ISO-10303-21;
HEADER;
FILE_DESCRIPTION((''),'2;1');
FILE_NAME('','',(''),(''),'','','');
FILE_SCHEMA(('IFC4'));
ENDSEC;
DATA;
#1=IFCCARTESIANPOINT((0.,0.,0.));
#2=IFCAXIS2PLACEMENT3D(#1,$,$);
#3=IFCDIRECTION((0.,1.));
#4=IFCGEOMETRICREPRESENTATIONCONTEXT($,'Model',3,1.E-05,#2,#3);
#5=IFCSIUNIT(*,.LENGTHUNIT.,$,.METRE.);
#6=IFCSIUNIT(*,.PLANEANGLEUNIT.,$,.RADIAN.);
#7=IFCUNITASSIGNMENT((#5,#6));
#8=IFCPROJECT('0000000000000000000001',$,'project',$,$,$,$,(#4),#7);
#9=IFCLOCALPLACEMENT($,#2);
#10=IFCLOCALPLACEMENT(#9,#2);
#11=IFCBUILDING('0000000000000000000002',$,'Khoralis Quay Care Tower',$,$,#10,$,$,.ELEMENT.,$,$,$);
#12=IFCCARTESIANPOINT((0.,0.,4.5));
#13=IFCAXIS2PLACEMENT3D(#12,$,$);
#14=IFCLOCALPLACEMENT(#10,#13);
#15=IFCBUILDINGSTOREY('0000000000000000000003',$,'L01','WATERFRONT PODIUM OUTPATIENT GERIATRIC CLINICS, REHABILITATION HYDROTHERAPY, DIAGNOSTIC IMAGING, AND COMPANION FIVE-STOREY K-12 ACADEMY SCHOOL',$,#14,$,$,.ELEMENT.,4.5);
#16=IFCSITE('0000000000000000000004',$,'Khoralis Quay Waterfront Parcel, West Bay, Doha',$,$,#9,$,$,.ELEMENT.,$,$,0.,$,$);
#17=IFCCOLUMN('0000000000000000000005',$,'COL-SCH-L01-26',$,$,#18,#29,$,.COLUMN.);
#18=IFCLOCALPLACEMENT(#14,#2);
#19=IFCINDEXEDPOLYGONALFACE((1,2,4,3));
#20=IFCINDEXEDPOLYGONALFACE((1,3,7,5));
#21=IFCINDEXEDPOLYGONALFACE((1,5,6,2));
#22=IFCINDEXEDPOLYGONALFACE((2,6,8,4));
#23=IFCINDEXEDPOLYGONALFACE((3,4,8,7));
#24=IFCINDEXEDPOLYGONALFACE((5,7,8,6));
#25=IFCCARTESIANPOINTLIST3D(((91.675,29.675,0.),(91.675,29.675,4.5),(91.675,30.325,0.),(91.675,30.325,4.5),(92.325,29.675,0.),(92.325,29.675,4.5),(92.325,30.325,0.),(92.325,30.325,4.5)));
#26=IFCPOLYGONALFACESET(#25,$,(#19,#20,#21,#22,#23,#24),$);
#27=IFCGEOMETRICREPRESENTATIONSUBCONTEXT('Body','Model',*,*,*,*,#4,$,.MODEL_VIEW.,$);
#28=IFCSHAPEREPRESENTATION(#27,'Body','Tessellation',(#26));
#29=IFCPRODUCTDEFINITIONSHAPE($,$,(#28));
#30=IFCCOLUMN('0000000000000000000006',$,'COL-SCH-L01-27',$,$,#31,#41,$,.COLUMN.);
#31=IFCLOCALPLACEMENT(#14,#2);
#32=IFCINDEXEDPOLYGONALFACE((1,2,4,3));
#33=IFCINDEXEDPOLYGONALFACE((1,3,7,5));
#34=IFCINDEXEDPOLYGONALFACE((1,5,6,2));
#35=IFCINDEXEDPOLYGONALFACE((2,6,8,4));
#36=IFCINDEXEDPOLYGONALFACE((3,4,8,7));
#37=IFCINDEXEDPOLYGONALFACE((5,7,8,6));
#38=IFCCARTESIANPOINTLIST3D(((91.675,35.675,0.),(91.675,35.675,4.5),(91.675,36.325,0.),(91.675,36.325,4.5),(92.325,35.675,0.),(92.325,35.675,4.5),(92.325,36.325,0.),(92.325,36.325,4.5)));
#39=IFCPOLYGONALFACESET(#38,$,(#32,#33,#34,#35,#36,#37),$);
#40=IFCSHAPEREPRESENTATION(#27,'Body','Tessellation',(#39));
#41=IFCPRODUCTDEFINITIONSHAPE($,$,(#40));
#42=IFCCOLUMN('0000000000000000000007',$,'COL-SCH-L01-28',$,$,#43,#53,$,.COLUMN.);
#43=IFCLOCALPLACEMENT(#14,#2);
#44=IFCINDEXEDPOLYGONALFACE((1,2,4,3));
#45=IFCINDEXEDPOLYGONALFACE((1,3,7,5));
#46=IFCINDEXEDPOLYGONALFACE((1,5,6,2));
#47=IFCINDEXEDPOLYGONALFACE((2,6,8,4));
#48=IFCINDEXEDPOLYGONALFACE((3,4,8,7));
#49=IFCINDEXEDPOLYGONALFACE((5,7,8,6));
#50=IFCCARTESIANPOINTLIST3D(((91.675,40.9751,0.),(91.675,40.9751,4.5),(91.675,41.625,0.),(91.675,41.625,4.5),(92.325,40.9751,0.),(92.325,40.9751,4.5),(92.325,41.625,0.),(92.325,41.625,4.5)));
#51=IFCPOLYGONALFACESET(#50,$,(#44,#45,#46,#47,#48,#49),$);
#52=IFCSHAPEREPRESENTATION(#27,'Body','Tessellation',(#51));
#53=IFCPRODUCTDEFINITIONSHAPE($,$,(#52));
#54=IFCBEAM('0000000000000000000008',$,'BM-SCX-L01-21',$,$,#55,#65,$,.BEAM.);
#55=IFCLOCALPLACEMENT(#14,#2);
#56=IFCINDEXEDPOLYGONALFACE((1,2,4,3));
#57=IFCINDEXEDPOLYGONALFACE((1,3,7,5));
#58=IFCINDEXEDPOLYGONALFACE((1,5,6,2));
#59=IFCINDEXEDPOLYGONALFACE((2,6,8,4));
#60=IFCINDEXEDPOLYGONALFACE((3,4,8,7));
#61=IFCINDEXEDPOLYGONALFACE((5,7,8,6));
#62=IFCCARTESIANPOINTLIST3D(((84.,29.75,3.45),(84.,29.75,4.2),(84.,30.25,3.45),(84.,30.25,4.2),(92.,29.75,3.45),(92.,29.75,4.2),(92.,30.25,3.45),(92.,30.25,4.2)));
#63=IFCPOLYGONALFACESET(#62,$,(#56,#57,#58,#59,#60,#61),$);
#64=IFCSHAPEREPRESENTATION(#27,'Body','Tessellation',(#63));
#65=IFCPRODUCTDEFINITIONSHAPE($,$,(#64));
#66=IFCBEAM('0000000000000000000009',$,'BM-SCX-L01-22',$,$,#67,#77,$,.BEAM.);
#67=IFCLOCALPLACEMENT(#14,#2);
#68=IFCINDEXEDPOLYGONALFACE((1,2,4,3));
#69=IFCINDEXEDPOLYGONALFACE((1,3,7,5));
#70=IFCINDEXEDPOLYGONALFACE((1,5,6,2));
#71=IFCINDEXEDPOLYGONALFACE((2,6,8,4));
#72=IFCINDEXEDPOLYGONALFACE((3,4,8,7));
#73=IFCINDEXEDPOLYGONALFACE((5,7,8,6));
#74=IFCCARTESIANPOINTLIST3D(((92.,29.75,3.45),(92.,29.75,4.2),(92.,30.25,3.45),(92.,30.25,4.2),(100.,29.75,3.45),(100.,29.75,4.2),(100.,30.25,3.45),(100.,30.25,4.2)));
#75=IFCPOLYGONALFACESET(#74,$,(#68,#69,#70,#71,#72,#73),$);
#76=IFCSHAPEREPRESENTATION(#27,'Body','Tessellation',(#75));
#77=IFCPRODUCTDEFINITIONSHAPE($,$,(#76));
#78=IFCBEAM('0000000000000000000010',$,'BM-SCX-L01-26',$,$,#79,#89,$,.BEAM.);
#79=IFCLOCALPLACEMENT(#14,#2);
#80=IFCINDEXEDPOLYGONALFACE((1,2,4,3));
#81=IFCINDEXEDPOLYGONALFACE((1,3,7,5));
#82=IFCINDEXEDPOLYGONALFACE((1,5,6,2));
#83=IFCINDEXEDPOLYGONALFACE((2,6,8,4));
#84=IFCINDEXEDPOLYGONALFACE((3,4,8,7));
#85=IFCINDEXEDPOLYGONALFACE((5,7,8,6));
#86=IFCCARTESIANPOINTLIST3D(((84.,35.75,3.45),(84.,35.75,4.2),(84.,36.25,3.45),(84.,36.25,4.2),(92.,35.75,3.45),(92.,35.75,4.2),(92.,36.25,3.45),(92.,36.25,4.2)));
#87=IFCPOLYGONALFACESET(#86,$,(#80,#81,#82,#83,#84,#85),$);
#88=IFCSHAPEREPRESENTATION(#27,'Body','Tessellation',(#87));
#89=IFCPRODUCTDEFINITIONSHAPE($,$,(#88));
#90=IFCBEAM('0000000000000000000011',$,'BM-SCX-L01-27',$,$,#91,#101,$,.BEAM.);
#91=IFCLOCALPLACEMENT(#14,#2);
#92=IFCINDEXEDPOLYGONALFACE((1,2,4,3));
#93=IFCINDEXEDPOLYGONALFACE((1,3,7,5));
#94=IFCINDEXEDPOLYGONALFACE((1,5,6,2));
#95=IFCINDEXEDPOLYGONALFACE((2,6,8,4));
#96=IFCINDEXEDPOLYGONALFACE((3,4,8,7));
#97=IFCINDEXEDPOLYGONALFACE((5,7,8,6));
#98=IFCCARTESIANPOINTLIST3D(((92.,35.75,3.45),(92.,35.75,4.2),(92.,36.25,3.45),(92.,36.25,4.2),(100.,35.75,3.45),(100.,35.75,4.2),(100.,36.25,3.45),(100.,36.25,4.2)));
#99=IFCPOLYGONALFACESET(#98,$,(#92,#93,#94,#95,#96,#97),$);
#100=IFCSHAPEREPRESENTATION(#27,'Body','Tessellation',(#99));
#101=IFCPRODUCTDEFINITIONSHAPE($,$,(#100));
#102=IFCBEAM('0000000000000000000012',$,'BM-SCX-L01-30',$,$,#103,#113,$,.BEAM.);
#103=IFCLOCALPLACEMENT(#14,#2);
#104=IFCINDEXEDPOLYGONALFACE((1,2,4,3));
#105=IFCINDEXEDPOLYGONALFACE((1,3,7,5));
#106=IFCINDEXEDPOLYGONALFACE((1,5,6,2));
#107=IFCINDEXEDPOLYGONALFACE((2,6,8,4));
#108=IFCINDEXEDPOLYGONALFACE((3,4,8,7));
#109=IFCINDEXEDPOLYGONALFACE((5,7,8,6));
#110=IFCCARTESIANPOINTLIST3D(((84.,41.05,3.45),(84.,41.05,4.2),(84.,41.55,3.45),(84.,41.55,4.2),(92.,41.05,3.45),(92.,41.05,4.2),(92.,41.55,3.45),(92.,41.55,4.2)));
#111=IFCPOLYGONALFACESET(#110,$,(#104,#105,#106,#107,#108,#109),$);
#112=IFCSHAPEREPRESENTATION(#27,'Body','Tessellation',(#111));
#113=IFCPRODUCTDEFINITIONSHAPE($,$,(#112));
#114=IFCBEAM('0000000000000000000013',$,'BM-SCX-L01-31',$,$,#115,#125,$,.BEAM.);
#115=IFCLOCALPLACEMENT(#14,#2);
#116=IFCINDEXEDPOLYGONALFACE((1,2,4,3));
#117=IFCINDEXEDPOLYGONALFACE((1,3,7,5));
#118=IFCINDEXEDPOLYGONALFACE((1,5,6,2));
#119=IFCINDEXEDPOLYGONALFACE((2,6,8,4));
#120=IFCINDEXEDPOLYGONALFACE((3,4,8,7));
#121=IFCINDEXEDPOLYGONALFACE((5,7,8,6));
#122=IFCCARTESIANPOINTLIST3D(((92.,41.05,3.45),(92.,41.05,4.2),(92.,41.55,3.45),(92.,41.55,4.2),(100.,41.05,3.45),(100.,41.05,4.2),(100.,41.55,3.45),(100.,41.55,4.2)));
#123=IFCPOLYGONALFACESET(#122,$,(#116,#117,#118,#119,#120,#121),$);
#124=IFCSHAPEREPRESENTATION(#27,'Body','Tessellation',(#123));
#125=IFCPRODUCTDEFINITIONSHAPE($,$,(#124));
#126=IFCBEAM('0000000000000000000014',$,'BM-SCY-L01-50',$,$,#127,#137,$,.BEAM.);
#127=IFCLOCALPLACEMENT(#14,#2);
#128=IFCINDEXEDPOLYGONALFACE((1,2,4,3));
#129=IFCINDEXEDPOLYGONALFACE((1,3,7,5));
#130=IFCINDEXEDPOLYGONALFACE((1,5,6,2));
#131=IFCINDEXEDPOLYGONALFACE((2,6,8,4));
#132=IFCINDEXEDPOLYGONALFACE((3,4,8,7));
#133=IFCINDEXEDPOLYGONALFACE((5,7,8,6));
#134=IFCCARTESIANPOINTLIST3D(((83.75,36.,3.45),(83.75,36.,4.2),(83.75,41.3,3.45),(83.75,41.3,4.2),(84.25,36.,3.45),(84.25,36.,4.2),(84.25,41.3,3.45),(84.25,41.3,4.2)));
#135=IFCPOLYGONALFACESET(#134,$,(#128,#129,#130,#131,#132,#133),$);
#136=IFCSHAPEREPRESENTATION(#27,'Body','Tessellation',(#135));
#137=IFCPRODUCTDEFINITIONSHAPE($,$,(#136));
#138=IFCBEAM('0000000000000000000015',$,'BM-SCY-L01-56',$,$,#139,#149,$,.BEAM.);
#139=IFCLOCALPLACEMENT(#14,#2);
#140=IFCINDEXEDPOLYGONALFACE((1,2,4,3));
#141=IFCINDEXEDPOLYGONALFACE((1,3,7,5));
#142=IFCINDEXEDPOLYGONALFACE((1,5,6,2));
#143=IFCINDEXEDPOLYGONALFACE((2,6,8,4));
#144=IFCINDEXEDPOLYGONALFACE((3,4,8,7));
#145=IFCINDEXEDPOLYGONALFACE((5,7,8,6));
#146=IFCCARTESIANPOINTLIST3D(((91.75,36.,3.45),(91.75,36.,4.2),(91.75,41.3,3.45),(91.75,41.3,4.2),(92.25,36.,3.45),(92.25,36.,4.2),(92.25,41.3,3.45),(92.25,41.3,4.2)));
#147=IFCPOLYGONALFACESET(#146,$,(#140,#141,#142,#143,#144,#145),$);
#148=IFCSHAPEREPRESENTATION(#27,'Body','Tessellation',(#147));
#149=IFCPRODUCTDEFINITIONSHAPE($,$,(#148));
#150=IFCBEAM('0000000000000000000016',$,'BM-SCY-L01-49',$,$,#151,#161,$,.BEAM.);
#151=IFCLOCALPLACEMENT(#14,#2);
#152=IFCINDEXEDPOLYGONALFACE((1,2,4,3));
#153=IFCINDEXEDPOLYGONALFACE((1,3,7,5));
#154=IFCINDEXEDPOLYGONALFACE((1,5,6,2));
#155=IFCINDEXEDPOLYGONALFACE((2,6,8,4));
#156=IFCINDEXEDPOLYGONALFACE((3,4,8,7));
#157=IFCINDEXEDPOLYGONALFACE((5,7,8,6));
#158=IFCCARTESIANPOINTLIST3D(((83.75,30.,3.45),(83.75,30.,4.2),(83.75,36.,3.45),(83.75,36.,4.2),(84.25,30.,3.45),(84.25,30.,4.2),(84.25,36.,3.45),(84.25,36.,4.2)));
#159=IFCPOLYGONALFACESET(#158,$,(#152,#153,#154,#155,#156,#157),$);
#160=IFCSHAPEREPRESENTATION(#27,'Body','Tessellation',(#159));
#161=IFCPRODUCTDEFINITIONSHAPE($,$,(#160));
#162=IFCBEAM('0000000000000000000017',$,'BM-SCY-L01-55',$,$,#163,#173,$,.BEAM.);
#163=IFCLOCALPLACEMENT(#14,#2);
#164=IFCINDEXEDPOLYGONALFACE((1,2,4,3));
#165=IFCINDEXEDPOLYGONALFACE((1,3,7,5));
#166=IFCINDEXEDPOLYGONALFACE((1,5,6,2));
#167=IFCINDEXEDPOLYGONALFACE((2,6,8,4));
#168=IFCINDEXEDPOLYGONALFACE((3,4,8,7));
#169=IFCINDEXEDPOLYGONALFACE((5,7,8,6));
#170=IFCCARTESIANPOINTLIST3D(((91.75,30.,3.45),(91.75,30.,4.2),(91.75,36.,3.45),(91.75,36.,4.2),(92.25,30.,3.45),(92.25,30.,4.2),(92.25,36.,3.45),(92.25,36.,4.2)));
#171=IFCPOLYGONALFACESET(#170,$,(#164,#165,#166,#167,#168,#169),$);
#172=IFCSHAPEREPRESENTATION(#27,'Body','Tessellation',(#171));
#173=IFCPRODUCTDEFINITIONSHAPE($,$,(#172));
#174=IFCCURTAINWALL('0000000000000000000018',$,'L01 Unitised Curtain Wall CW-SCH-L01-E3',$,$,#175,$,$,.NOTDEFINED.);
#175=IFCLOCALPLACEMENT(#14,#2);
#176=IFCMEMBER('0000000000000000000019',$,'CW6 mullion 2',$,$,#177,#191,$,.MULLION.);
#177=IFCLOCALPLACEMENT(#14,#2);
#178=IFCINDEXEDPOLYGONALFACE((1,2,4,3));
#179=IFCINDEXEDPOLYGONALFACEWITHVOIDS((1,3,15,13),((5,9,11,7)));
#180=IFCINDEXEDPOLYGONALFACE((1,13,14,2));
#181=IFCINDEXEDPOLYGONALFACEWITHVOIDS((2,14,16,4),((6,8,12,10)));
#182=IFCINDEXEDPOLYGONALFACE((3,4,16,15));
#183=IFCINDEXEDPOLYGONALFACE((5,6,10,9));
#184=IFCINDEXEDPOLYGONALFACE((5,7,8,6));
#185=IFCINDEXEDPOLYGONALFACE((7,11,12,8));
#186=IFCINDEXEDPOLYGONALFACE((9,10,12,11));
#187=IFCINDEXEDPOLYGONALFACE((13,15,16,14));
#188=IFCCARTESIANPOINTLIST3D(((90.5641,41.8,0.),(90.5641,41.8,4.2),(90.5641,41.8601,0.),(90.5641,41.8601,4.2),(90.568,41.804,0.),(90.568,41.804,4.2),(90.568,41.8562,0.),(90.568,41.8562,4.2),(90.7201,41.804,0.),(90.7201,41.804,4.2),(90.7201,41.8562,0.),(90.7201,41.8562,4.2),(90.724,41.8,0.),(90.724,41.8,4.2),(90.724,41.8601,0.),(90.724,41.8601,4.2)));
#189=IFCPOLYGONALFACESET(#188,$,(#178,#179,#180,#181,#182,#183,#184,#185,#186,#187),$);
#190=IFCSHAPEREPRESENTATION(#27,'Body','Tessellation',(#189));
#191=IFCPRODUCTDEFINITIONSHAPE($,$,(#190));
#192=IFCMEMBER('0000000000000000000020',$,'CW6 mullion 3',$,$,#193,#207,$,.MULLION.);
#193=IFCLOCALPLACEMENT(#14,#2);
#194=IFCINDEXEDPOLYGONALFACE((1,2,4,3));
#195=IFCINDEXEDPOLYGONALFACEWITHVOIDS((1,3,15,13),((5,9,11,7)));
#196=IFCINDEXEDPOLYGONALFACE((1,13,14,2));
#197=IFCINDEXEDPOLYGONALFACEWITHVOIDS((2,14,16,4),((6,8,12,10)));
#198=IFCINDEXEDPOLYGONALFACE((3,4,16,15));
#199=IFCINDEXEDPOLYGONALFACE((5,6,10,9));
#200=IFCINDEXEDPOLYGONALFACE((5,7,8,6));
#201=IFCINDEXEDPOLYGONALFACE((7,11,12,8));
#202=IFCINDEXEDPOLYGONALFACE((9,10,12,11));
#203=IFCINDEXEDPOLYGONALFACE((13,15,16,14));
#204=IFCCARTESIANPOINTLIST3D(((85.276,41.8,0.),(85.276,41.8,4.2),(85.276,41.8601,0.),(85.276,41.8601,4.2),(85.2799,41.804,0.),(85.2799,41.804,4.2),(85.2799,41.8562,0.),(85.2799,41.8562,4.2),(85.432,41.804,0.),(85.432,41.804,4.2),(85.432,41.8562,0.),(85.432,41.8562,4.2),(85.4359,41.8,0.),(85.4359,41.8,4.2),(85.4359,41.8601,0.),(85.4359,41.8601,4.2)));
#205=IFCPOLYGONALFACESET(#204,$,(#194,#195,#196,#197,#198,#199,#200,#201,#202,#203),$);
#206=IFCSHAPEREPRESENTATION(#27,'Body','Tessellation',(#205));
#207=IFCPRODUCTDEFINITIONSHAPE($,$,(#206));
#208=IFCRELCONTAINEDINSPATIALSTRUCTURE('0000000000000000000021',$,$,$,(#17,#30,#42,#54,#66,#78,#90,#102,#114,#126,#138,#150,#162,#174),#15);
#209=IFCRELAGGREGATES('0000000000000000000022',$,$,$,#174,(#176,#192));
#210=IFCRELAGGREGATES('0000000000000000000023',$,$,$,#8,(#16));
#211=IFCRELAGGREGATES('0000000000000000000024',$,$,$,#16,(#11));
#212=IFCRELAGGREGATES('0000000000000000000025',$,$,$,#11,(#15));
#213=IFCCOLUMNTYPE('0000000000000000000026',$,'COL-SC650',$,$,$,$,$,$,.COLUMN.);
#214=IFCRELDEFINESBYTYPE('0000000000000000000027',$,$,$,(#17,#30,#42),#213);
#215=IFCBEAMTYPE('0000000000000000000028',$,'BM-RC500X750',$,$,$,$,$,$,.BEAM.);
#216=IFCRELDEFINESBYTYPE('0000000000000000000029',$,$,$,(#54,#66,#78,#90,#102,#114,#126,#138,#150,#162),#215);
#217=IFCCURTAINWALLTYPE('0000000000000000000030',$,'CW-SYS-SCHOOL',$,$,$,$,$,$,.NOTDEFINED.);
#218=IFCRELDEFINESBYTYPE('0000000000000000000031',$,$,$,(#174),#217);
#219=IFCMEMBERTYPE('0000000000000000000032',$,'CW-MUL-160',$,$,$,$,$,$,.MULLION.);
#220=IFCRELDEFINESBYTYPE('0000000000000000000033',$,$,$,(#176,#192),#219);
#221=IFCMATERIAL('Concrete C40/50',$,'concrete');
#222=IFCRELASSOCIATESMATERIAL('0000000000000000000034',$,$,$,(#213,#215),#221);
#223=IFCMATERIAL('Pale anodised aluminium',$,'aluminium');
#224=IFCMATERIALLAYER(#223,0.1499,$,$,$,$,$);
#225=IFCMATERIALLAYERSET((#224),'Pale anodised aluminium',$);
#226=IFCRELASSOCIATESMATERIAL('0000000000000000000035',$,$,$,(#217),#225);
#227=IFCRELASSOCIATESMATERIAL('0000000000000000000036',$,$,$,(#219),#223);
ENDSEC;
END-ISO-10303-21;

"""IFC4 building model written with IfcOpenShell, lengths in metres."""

from ifc_helpers import new_model, si_unit, direction, frame, origin, origin_2d, place, context, subcontext, project, spatial, rectangle, hollow_rectangle, extrude, source, transform, mapped, material, layer, layer_set, material_profile, profile_set, type_object, element, aggregate, save


model = new_model("IFC4")

# Units and contexts
model_context = context("Model", 3, precision=1e-05, world=origin(), true_north=direction((0.0, 1.0)))
body_context = subcontext(model_context, "Body", "Model", "MODEL_VIEW")
ifc_project = project(units=[si_unit("LENGTHUNIT", "METRE"), si_unit("PLANEANGLEUNIT", "RADIAN")], contexts=[model_context])

# Site, building, storey
site_placement = place(None, origin())
site = spatial("IfcSite", under=ifc_project, at=site_placement, Name="Khoralis Quay Waterfront Parcel, West Bay, Doha", CompositionType="ELEMENT", RefElevation=0.0)
building_placement = place(site_placement, origin())
building = spatial("IfcBuilding", under=site, at=building_placement, Name="Khoralis Quay Care Tower", CompositionType="ELEMENT")
storey_placement = place(building_placement, frame((0.0, 0.0, 4.5)))
storey = spatial("IfcBuildingStorey", under=building, at=storey_placement, Name="L01", Description="WATERFRONT PODIUM OUTPATIENT GERIATRIC CLINICS, REHABILITATION HYDROTHERAPY, DIAGNOSTIC IMAGING, AND COMPANION FIVE-STOREY K-12 ACADEMY SCHOOL", CompositionType="ELEMENT", Elevation=4.5)

# Columns
ifc_material_1 = material(Name="Concrete C40/50", Category="concrete")
ifc_material_profile_1 = material_profile(ifc_material_1, rectangle(XDim=0.6499, YDim=0.6499, at=origin_2d()), Name="Concrete C40/50")
ifc_profile_set_1 = profile_set([ifc_material_profile_1], Name="Concrete C40/50")
column_type = type_object("IfcColumnType", Name="COL-SC650", PredefinedType="COLUMN", material=ifc_profile_set_1)
shared_shape_1 = source(origin(), body_context, "Body", "SweptSolid", [
    extrude(rectangle(XDim=0.6499, YDim=0.6499, at=origin_2d()), origin(), (0.0, 0.0, 1.0), 4.5),
])
for number, where, z_axis, x_axis, name in (
    (1, (92.0, 30.0, 0.0), (0.0, 0.0, 1.0), (1.0, 0.0, 0.0), "COL-SCH-L01-26"),
    (2, (92.0, 36.0, 0.0), (0.0, 0.0, 1.0), (1.0, 0.0, 0.0), "COL-SCH-L01-27"),
    (3, (92.0, 41.3, 0.0), (0.0, 0.0, 1.0), (1.0, 0.0, 0.0), "COL-SCH-L01-28"),
):
    element("IfcColumn", number, at=place(storey_placement, frame(where, z_axis=z_axis, x_axis=x_axis)), inside=storey, type_object=column_type, Name=name, PredefinedType="COLUMN", context=body_context, shape_type="MappedRepresentation", body=[
        mapped(shared_shape_1, transform((0.0, 0.0, 0.0), scale=1.0)),
    ])

# Beams
ifc_material_profile_2 = material_profile(ifc_material_1, rectangle(XDim=0.5, YDim=0.75, at=origin_2d()), Name="Concrete C40/50")
ifc_profile_set_2 = profile_set([ifc_material_profile_2], Name="Concrete C40/50")
beam_type = type_object("IfcBeamType", Name="BM-RC500X750", PredefinedType="BEAM", material=ifc_profile_set_2)
shared_shape_2 = source(origin(), body_context, "Body", "SweptSolid", [
    extrude(rectangle(XDim=0.5, YDim=0.75, at=origin_2d()), origin(), (0.0, 0.0, 1.0), 8.0),
])
for number, where, z_axis, x_axis, name in (
    (4, (84.0, 30.0, 3.825), (1.0, 0.0, 0.0), (0.0, 1.0, 0.0), "BM-SCX-L01-21"),
    (5, (92.0, 30.0, 3.825), (1.0, 0.0, 0.0), (0.0, 1.0, 0.0), "BM-SCX-L01-22"),
    (6, (84.0, 36.0, 3.825), (1.0, 0.0, 0.0), (0.0, 1.0, 0.0), "BM-SCX-L01-26"),
    (7, (92.0, 36.0, 3.825), (1.0, 0.0, 0.0), (0.0, 1.0, 0.0), "BM-SCX-L01-27"),
    (8, (84.0, 41.3, 3.825), (1.0, 0.0, 0.0), (0.0, 1.0, 0.0), "BM-SCX-L01-30"),
    (9, (92.0, 41.3, 3.825), (1.0, 0.0, 0.0), (0.0, 1.0, 0.0), "BM-SCX-L01-31"),
):
    element("IfcBeam", number, at=place(storey_placement, frame(where, z_axis=z_axis, x_axis=x_axis)), inside=storey, type_object=beam_type, Name=name, PredefinedType="BEAM", context=body_context, shape_type="MappedRepresentation", body=[
        mapped(shared_shape_2, transform((0.0, 0.0, 0.0), scale=1.0)),
    ])
shared_shape_3 = source(origin(), body_context, "Body", "SweptSolid", [
    extrude(rectangle(XDim=0.5, YDim=0.75, at=origin_2d()), origin(), (0.0, 0.0, 1.0), 5.3),
])
for number, where, z_axis, x_axis, name in (
    (10, (84.0, 36.0, 3.825), (0.0, 1.0, 0.0), (-1.0, 0.0, 0.0), "BM-SCY-L01-50"),
    (11, (92.0, 36.0, 3.825), (0.0, 1.0, 0.0), (-1.0, 0.0, 0.0), "BM-SCY-L01-56"),
):
    element("IfcBeam", number, at=place(storey_placement, frame(where, z_axis=z_axis, x_axis=x_axis)), inside=storey, type_object=beam_type, Name=name, PredefinedType="BEAM", context=body_context, shape_type="MappedRepresentation", body=[
        mapped(shared_shape_3, transform((0.0, 0.0, 0.0), scale=1.0)),
    ])
shared_shape_4 = source(origin(), body_context, "Body", "SweptSolid", [
    extrude(rectangle(XDim=0.5, YDim=0.75, at=origin_2d()), origin(), (0.0, 0.0, 1.0), 6.0),
])
for number, where, z_axis, x_axis, name in (
    (12, (84.0, 30.0, 3.825), (0.0, 1.0, 0.0), (-1.0, 0.0, 0.0), "BM-SCY-L01-49"),
    (13, (92.0, 30.0, 3.825), (0.0, 1.0, 0.0), (-1.0, 0.0, 0.0), "BM-SCY-L01-55"),
):
    element("IfcBeam", number, at=place(storey_placement, frame(where, z_axis=z_axis, x_axis=x_axis)), inside=storey, type_object=beam_type, Name=name, PredefinedType="BEAM", context=body_context, shape_type="MappedRepresentation", body=[
        mapped(shared_shape_4, transform((0.0, 0.0, 0.0), scale=1.0)),
    ])

# Curtain wall, members
ifc_material_2 = material(Name="Pale anodised aluminium", Category="aluminium")
ifc_layer_1 = layer(ifc_material_2, 0.1499)
ifc_layer_set_1 = layer_set([ifc_layer_1], Name="Pale anodised aluminium")
curtain_wall_type = type_object("IfcCurtainWallType", Name="CW-SYS-SCHOOL", PredefinedType="NOTDEFINED", material=ifc_layer_set_1)
curtain_wall_placement = place(storey_placement, origin())
curtain_wall = element("IfcCurtainWall", 14, at=curtain_wall_placement, inside=storey, type_object=curtain_wall_type, Name="L01 Unitised Curtain Wall CW-SCH-L01-E3", PredefinedType="NOTDEFINED")
ifc_material_profile_3 = material_profile(ifc_material_2, hollow_rectangle(XDim=0.0601, YDim=0.1599, WallThickness=0.0039, at=origin_2d()), Name="Pale anodised aluminium")
ifc_profile_set_3 = profile_set([ifc_material_profile_3], Name="Pale anodised aluminium")
member_type_1 = type_object("IfcMemberType", Name="CW-MUL-160", PredefinedType="MULLION", material=ifc_profile_set_3)
shared_shape_5 = source(origin(), body_context, "Body", "SweptSolid", [
    extrude(hollow_rectangle(XDim=0.0601, YDim=0.1599, WallThickness=0.0039, at=origin_2d()), origin(), (0.0, 0.0, 1.0), 4.2),
])
member_1_placement = place(storey_placement, frame((90.644, 41.8301, 0.0), z_axis=(0.0, 0.0, 1.0), x_axis=(0.0, -1.0, 0.0)))
member_1 = element("IfcMember", 15, at=member_1_placement, type_object=member_type_1, Name="CW6 mullion 2", PredefinedType="MULLION", context=body_context, shape_type="MappedRepresentation", body=[
    mapped(shared_shape_5, transform((0.0, 0.0, 0.0), scale=1.0)),
])
member_2_placement = place(storey_placement, frame((85.356, 41.8301, 0.0), z_axis=(0.0, 0.0, 1.0), x_axis=(0.0, -1.0, 0.0)))
member_2 = element("IfcMember", 16, at=member_2_placement, type_object=member_type_1, Name="CW6 mullion 3", PredefinedType="MULLION", context=body_context, shape_type="MappedRepresentation", body=[
    mapped(shared_shape_5, transform((0.0, 0.0, 0.0), scale=1.0)),
])
aggregate(curtain_wall, [member_1, member_2])

save(model, "model.ifc")
